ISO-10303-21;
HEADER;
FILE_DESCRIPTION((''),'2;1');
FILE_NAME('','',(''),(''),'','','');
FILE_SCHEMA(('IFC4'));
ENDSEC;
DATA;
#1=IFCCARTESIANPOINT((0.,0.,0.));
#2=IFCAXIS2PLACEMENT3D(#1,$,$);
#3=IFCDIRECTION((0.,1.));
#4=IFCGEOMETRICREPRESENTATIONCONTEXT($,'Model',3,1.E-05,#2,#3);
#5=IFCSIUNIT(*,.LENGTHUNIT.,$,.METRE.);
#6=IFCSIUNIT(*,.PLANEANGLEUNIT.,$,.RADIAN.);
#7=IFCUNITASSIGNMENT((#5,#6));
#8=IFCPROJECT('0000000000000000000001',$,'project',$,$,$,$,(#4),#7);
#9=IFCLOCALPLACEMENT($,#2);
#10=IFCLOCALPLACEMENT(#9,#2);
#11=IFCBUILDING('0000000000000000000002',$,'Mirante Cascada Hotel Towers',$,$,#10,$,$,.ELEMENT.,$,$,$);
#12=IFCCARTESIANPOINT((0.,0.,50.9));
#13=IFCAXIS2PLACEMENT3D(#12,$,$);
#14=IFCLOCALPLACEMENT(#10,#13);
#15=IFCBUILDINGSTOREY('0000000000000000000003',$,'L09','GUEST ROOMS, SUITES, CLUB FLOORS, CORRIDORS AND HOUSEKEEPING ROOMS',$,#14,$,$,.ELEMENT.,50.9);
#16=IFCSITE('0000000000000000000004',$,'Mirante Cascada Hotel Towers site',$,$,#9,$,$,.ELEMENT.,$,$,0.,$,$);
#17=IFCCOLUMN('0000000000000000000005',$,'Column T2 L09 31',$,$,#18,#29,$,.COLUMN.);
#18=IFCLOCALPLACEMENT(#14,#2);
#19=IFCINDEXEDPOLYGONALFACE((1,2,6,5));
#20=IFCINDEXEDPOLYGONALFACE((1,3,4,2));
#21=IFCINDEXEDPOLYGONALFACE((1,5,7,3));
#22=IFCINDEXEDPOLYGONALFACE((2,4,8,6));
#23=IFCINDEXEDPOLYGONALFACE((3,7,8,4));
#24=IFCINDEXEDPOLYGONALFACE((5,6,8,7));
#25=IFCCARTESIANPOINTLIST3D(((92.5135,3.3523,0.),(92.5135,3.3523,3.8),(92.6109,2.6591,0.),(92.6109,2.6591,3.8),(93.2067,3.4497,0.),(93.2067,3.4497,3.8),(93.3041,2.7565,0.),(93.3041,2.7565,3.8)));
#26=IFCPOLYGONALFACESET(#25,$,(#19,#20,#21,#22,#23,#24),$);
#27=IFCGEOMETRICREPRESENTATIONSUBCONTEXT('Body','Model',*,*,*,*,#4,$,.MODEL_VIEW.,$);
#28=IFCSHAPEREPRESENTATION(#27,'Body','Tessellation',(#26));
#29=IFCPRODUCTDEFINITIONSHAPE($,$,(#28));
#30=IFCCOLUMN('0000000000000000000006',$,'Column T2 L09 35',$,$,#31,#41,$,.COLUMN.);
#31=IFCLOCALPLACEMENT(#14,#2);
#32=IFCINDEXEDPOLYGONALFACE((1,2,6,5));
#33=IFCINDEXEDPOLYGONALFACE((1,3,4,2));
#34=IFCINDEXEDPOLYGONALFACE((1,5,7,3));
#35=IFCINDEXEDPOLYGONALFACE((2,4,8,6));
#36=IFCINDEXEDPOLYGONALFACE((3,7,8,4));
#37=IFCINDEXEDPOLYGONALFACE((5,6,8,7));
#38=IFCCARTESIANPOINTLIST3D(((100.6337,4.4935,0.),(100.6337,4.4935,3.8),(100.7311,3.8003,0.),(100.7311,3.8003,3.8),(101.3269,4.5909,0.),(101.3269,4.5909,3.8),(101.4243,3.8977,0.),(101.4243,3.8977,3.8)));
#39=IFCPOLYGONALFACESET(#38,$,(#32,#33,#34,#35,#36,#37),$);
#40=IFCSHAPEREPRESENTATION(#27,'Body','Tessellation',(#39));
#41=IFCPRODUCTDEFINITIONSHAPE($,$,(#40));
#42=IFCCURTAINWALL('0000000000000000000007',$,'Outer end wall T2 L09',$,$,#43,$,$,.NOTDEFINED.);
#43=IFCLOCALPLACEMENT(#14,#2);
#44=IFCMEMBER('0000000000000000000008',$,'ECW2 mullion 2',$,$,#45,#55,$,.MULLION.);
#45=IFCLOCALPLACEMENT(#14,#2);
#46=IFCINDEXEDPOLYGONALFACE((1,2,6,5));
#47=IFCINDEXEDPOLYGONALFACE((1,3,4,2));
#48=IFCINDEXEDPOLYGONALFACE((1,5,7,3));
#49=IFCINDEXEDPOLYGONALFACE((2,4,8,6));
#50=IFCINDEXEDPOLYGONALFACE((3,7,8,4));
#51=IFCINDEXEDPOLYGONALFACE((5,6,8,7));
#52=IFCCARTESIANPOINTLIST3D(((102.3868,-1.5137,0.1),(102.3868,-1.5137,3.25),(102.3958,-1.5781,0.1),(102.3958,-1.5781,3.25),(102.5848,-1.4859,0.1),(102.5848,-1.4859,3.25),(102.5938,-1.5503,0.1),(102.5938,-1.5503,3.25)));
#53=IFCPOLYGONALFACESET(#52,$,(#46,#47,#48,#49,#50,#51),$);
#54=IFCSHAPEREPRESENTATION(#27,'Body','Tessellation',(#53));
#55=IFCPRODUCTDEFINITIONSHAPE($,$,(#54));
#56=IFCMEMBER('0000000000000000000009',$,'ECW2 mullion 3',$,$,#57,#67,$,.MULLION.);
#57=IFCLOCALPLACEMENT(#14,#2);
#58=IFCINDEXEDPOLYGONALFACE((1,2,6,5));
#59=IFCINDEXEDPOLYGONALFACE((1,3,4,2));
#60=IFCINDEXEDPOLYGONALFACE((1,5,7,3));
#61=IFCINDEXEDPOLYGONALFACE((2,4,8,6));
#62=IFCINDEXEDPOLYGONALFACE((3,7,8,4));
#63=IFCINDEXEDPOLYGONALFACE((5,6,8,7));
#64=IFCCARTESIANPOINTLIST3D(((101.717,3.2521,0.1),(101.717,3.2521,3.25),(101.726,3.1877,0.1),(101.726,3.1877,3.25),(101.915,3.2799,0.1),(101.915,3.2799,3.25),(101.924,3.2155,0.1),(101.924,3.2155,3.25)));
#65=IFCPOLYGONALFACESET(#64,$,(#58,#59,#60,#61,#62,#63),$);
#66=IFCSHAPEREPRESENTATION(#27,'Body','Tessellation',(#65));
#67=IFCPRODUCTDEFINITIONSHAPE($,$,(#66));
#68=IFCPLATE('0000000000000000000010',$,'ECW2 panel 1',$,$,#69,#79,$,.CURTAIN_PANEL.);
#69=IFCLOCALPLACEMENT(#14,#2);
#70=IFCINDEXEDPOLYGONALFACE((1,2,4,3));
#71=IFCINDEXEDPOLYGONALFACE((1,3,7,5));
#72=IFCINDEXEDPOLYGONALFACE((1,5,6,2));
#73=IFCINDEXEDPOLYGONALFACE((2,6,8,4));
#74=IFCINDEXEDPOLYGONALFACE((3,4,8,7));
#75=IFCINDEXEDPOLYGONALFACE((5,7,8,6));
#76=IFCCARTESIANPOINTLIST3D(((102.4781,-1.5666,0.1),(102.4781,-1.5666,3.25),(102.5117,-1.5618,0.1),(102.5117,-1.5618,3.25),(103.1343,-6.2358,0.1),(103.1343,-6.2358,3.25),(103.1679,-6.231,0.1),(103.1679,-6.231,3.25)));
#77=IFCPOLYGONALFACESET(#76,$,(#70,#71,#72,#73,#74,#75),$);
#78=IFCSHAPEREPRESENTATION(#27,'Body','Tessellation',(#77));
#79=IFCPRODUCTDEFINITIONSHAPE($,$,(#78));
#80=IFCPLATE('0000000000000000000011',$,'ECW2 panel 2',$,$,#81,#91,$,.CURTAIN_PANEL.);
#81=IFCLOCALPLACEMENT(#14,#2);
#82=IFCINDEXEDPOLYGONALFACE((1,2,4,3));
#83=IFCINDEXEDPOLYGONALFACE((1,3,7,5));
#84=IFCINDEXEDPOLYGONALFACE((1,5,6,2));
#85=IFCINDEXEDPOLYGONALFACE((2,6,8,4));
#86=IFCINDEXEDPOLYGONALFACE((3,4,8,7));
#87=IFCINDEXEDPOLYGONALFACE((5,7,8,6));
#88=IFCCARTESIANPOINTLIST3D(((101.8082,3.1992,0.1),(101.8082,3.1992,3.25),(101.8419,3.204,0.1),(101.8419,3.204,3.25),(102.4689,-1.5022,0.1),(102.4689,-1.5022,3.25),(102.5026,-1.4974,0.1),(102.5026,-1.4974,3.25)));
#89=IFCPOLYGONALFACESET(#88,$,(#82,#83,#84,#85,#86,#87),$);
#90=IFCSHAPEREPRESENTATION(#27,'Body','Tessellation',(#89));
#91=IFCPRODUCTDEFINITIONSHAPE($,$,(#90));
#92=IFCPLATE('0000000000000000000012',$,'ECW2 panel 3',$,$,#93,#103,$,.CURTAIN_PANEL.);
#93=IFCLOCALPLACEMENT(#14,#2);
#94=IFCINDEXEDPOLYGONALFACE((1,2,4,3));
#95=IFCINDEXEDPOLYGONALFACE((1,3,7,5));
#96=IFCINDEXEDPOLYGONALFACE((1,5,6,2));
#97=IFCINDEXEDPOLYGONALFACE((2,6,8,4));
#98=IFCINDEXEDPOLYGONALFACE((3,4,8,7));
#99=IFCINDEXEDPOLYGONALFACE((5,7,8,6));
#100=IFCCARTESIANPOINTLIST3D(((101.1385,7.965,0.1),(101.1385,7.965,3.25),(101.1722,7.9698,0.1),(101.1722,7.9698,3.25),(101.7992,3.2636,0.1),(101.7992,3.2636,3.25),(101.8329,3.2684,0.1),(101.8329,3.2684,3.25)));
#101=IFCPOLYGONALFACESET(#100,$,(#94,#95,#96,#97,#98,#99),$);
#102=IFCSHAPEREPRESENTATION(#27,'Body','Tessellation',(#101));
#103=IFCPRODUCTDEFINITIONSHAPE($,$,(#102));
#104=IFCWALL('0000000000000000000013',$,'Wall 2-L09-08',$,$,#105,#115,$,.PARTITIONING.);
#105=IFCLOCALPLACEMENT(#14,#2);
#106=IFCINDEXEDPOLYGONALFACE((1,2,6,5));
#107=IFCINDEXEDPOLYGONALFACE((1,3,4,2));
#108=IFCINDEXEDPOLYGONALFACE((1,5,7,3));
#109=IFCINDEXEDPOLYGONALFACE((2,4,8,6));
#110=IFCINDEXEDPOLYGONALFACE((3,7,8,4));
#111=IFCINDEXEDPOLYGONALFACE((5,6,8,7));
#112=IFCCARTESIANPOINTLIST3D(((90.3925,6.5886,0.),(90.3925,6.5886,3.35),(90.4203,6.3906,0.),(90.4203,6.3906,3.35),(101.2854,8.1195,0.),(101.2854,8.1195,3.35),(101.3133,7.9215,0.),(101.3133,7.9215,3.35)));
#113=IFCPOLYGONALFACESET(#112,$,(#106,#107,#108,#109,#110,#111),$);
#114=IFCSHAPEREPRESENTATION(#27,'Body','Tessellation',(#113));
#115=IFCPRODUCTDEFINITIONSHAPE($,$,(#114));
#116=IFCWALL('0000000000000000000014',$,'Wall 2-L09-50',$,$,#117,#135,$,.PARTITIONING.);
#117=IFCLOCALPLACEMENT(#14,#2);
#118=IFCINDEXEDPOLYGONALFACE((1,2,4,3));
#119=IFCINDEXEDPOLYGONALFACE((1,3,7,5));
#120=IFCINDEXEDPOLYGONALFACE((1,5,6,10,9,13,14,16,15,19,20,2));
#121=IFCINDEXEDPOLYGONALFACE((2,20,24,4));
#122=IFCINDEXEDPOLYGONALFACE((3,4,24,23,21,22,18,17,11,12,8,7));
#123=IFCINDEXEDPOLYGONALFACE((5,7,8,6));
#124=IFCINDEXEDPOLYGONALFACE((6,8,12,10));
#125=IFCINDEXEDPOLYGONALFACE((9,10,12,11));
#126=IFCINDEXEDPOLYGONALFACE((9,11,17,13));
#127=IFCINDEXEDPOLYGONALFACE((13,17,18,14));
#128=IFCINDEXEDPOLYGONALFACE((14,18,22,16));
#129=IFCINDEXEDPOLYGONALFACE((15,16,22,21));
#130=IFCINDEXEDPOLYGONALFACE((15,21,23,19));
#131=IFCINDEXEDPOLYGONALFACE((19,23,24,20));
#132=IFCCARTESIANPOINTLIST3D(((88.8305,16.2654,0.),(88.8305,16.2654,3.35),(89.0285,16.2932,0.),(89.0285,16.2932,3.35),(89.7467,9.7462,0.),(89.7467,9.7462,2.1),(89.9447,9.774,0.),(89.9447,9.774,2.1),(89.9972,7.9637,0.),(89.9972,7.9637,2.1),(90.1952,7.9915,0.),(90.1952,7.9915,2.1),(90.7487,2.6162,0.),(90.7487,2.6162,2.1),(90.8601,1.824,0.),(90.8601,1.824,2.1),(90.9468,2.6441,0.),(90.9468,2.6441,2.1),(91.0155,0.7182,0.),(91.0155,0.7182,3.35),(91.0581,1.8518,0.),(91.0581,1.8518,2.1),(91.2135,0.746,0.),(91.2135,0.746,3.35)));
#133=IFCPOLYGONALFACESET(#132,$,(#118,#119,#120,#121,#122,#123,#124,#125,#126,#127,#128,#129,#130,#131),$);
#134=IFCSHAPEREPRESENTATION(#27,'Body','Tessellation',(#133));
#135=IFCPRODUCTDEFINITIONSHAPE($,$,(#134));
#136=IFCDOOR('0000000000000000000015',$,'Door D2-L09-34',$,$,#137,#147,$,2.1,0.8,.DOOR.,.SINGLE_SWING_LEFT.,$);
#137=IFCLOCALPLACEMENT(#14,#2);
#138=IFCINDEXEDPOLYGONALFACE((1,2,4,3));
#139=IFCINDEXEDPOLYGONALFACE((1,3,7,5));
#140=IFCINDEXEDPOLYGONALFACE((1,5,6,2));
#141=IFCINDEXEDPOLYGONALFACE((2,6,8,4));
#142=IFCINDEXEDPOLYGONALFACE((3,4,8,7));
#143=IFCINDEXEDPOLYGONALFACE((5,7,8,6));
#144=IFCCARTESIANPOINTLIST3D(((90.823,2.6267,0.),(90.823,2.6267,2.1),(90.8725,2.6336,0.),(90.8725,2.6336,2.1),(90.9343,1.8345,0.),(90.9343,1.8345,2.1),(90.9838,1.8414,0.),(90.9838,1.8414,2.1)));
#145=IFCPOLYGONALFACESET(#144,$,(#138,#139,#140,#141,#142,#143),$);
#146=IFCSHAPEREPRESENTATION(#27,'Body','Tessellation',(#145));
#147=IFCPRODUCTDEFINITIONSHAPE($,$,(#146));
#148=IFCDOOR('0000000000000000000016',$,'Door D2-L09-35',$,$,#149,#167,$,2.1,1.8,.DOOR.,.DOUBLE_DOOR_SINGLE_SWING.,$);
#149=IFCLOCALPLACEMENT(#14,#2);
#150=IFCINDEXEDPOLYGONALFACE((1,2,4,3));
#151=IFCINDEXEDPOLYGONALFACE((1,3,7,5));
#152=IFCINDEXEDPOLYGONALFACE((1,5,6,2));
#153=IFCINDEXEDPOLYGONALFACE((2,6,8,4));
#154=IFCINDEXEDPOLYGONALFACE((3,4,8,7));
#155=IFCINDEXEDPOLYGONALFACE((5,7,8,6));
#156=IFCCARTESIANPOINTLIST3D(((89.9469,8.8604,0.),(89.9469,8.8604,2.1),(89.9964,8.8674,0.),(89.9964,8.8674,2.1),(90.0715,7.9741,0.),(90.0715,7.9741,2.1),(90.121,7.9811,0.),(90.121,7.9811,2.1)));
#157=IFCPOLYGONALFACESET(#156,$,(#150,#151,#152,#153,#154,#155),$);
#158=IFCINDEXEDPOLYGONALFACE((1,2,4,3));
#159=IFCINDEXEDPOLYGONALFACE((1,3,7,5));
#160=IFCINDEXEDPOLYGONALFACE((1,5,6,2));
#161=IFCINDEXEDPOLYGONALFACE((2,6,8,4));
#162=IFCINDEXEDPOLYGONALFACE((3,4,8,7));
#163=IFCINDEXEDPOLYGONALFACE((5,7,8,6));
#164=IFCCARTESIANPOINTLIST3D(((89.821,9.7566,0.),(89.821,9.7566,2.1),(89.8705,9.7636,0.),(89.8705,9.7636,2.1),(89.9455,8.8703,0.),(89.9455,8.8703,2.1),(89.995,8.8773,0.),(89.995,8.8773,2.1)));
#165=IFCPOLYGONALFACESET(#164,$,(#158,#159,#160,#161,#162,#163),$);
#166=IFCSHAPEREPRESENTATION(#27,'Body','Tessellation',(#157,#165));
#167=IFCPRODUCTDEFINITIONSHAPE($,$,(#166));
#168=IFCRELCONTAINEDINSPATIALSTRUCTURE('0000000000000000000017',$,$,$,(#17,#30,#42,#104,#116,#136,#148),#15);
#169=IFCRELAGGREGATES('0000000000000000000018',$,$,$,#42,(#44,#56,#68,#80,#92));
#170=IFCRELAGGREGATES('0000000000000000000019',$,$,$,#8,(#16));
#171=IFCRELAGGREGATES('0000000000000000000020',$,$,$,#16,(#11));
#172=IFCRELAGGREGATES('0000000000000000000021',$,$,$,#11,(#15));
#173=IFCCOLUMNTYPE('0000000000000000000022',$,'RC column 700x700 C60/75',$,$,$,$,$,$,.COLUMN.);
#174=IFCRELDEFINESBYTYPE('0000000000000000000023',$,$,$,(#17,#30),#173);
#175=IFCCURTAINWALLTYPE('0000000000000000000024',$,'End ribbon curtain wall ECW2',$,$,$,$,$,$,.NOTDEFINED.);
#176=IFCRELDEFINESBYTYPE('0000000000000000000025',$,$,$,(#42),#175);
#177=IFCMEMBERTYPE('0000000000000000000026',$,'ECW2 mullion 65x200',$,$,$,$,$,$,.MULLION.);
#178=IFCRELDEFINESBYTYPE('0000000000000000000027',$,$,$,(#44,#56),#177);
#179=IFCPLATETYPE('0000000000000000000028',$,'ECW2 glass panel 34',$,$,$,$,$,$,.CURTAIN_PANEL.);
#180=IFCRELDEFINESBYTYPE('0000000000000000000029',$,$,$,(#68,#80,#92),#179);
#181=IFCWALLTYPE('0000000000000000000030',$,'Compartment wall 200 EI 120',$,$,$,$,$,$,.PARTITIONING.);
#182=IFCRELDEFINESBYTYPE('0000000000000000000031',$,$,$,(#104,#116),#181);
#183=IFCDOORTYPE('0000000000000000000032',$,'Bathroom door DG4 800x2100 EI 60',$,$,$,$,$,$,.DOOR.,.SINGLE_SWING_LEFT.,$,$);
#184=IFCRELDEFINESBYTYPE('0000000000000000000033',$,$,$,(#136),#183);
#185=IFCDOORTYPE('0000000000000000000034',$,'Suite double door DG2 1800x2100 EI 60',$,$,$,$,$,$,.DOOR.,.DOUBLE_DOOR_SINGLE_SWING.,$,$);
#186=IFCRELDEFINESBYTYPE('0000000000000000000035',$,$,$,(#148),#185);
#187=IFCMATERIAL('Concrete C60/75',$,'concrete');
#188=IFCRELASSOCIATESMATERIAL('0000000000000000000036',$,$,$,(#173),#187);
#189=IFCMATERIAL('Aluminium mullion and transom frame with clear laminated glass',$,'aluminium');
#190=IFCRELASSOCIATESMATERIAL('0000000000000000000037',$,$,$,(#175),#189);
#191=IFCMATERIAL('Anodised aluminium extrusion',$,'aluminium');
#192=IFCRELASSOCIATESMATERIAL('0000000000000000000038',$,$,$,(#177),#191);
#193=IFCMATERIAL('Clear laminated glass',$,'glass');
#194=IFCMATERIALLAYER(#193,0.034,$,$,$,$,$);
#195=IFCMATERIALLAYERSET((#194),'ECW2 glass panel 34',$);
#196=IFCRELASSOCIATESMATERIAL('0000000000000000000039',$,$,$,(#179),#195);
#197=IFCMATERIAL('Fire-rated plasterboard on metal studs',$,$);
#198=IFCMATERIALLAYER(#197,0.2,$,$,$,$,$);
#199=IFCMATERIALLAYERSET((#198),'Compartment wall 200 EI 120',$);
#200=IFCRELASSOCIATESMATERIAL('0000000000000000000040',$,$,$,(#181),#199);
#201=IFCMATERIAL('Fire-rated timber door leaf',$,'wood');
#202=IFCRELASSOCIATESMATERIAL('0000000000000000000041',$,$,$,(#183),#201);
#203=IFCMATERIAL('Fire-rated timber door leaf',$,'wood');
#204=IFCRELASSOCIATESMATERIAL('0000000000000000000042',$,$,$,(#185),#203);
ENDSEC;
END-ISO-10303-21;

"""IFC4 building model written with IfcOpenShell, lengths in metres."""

from ifc_helpers import new_model, si_unit, direction, frame, frame_2d, origin, origin_2d, place, context, subcontext, project, spatial, rectangle, extrude, material, layer, layer_set, material_profile, profile_set, type_object, element, fill, aggregate, save


model = new_model("IFC4")

# Units and contexts
model_context = context("Model", 3, precision=1e-05, world=origin(), true_north=direction((0.0, 1.0)))
body_context = subcontext(model_context, "Body", "Model", "MODEL_VIEW")
ifc_project = project(units=[si_unit("LENGTHUNIT", "METRE"), si_unit("PLANEANGLEUNIT", "RADIAN")], contexts=[model_context])

# Site, building, storey
site_placement = place(None, origin())
site = spatial("IfcSite", under=ifc_project, at=site_placement, Name="Mirante Cascada Hotel Towers site", CompositionType="ELEMENT", RefElevation=0.0)
building_placement = place(site_placement, origin())
building = spatial("IfcBuilding", under=site, at=building_placement, Name="Mirante Cascada Hotel Towers", CompositionType="ELEMENT")
storey_placement = place(building_placement, frame((0.0, 0.0, 50.9)))
storey = spatial("IfcBuildingStorey", under=building, at=storey_placement, Name="L09", Description="GUEST ROOMS, SUITES, CLUB FLOORS, CORRIDORS AND HOUSEKEEPING ROOMS", CompositionType="ELEMENT", Elevation=50.9)

# Columns
ifc_material_1 = material(Name="Concrete C60/75", Category="concrete")
ifc_material_profile_1 = material_profile(ifc_material_1, rectangle(XDim=0.7, YDim=0.7, at=origin_2d()), Name="RC column 700x700 C60/75")
ifc_profile_set_1 = profile_set([ifc_material_profile_1], Name="Concrete C60/75")
column_type = type_object("IfcColumnType", Name="RC column 700x700 C60/75", PredefinedType="COLUMN", material=ifc_profile_set_1)
for number, where, z_axis, x_axis, name in (
    (1, (92.9088, 3.0544, 0.0), (0.0, 0.0, 1.0), (0.990268, 0.139173, 0.0), "Column T2 L09 31"),
    (2, (101.029, 4.1956, 0.0), (0.0, 0.0, 1.0), (0.990268, 0.139173, 0.0), "Column T2 L09 35"),
):
    element("IfcColumn", number, at=place(storey_placement, frame(where, z_axis=z_axis, x_axis=x_axis)), inside=storey, type_object=column_type, Name=name, PredefinedType="COLUMN", context=body_context, shape_type="SweptSolid", body=[
        extrude(rectangle(XDim=0.7, YDim=0.7, at=origin_2d()), origin(), (0.0, 0.0, 1.0), 3.8),
    ])

# Curtain wall, members, plates
ifc_material_2 = material(Name="Aluminium mullion and transom frame with clear laminated glass", Category="aluminium")
curtain_wall_type = type_object("IfcCurtainWallType", Name="End ribbon curtain wall ECW2", PredefinedType="NOTDEFINED", material=ifc_material_2)
curtain_wall_placement = place(storey_placement, origin())
curtain_wall = element("IfcCurtainWall", 3, at=curtain_wall_placement, inside=storey, type_object=curtain_wall_type, Name="Outer end wall T2 L09", PredefinedType="NOTDEFINED")
ifc_material_3 = material(Name="Anodised aluminium extrusion", Category="aluminium")
ifc_material_profile_2 = material_profile(ifc_material_3, rectangle(XDim=0.2, YDim=0.065, at=origin_2d()), Name="ECW2 MULLION 65x200")
ifc_profile_set_2 = profile_set([ifc_material_profile_2], Name="Anodised aluminium extrusion")
member_type = type_object("IfcMemberType", Name="ECW2 mullion 65x200", PredefinedType="MULLION", material=ifc_profile_set_2)
member_1_placement = place(storey_placement, frame((102.4903, -1.532, 0.1), z_axis=(0.0, 0.0, 1.0), x_axis=(-0.990268, -0.139173, 0.0)))
member_1 = element("IfcMember", 4, at=member_1_placement, type_object=member_type, Name="ECW2 mullion 2", PredefinedType="MULLION", context=body_context, shape_type="SweptSolid", body=[
    extrude(rectangle(XDim=0.2, YDim=0.065, at=origin_2d()), origin(), (0.0, 0.0, 1.0), 3.15),
])
member_2_placement = place(storey_placement, frame((101.8205, 3.2338, 0.1), z_axis=(0.0, 0.0, 1.0), x_axis=(-0.990268, -0.139173, 0.0)))
member_2 = element("IfcMember", 5, at=member_2_placement, type_object=member_type, Name="ECW2 mullion 3", PredefinedType="MULLION", context=body_context, shape_type="SweptSolid", body=[
    extrude(rectangle(XDim=0.2, YDim=0.065, at=origin_2d()), origin(), (0.0, 0.0, 1.0), 3.15),
])
ifc_material_4 = material(Name="Clear laminated glass", Category="glass")
ifc_layer_1 = layer(ifc_material_4, 0.034)
ifc_layer_set_1 = layer_set([ifc_layer_1], Name="ECW2 glass panel 34")
plate_type = type_object("IfcPlateType", Name="ECW2 glass panel 34", PredefinedType="CURTAIN_PANEL", material=ifc_layer_set_1)
plate_1_placement = place(storey_placement, frame((102.823, -3.8988, 0.1), z_axis=(0.0, 0.0, 1.0), x_axis=(-0.139173, 0.990268, 0.0)))
plate_1 = element("IfcPlate", 6, at=plate_1_placement, type_object=plate_type, Name="ECW2 panel 1", PredefinedType="CURTAIN_PANEL", context=body_context, shape_type="SweptSolid", body=[
    extrude(rectangle(XDim=4.7151, YDim=0.034, at=origin_2d()), origin(), (0.0, 0.0, 1.0), 3.15),
])
plate_2_placement = place(storey_placement, frame((102.1554, 0.8509, 0.1), z_axis=(0.0, 0.0, 1.0), x_axis=(-0.139173, 0.990268, 0.0)))
plate_2 = element("IfcPlate", 7, at=plate_2_placement, type_object=plate_type, Name="ECW2 panel 2", PredefinedType="CURTAIN_PANEL", context=body_context, shape_type="SweptSolid", body=[
    extrude(rectangle(XDim=4.7476, YDim=0.034, at=origin_2d()), origin(), (0.0, 0.0, 1.0), 3.15),
])
plate_3_placement = place(storey_placement, frame((101.4857, 5.6167, 0.1), z_axis=(0.0, 0.0, 1.0), x_axis=(-0.139173, 0.990268, 0.0)))
plate_3 = element("IfcPlate", 8, at=plate_3_placement, type_object=plate_type, Name="ECW2 panel 3", PredefinedType="CURTAIN_PANEL", context=body_context, shape_type="SweptSolid", body=[
    extrude(rectangle(XDim=4.7476, YDim=0.034, at=origin_2d()), origin(), (0.0, 0.0, 1.0), 3.15),
])
aggregate(curtain_wall, [member_1, member_2, plate_1, plate_2, plate_3])

# Wall
ifc_material_5 = material(Name="Fire-rated plasterboard on metal studs")
ifc_layer_2 = layer(ifc_material_5, 0.2)
ifc_layer_set_2 = layer_set([ifc_layer_2], Name="Compartment wall 200 EI 120")
wall_type_1 = type_object("IfcWallType", Name="Compartment wall 200 EI 120", PredefinedType="PARTITIONING", material=ifc_layer_set_2)
wall_1_placement = place(storey_placement, frame((90.4064, 6.4896, 0.0), z_axis=(0.0, 0.0, 1.0), x_axis=(0.990268, 0.139173, 0.0)))
element("IfcWall", 9, at=wall_1_placement, inside=storey, type_object=wall_type_1, Name="Wall 2-L09-08", PredefinedType="PARTITIONING", context=body_context, shape_type="SweptSolid", body=[
    extrude(rectangle(XDim=11.0, YDim=0.2, at=frame_2d((5.5, 0.0))), origin(), (0.0, 0.0, 1.0), 3.35),
])

# Wall, openings, doors
wall_2_placement = place(storey_placement, frame((91.1145, 0.7321, 0.0), z_axis=(0.0, 0.0, 1.0), x_axis=(-0.139172, 0.990268, 0.0)))
wall_2 = element("IfcWall", 10, at=wall_2_placement, inside=storey, type_object=wall_type_1, Name="Wall 2-L09-50", PredefinedType="PARTITIONING", context=body_context, shape_type="SweptSolid", body=[
    extrude(rectangle(XDim=15.7, YDim=0.2, at=frame_2d((7.85, 0.0))), origin(), (0.0, 0.0, 1.0), 3.35),
])
opening_1_placement = place(wall_2_placement, frame((1.1167, 0.0, 0.0)))
opening_1 = element("IfcOpeningElement", 11, at=opening_1_placement, cuts=wall_2, PredefinedType="OPENING", context=body_context, shape_type="SweptSolid", body=[
    extrude(rectangle(XDim=0.8, YDim=2.1, at=frame_2d((0.4, 1.05))), frame((0.0, 0.1, 0.0), z_axis=(0.0, -1.0, 0.0), x_axis=(1.0, 0.0, 0.0)), (0.0, 0.0, 1.0), 0.2),
])
opening_2_placement = place(wall_2_placement, frame((7.3167, 0.0, 0.0)))
opening_2 = element("IfcOpeningElement", 12, at=opening_2_placement, cuts=wall_2, PredefinedType="OPENING", context=body_context, shape_type="SweptSolid", body=[
    extrude(rectangle(XDim=1.8, YDim=2.1, at=frame_2d((0.9, 1.05))), frame((0.0, 0.1, 0.0), z_axis=(0.0, -1.0, 0.0), x_axis=(1.0, 0.0, 0.0)), (0.0, 0.0, 1.0), 0.2),
])
ifc_material_6 = material(Name="Fire-rated timber door leaf", Category="wood")
door_type_1 = type_object("IfcDoorType", Name="Bathroom door DG4 800x2100 EI 60", OperationType="SINGLE_SWING_LEFT", PredefinedType="DOOR", material=ifc_material_6)
door_1_placement = place(opening_1_placement, origin())
door_1 = element("IfcDoor", 13, at=door_1_placement, inside=storey, type_object=door_type_1, Name="Door D2-L09-34", OperationType="SINGLE_SWING_LEFT", OverallHeight=2.1, OverallWidth=0.8, PredefinedType="DOOR", context=body_context, shape_type="SweptSolid", body=[
    extrude(rectangle(XDim=0.8, YDim=2.1, at=frame_2d((0.4, 1.05))), frame((0.0, 0.025, 0.0), z_axis=(0.0, -1.0, 0.0), x_axis=(1.0, 0.0, 0.0)), (0.0, 0.0, 1.0), 0.05),
])
fill(opening_1, door_1)
ifc_material_7 = material(Name="Fire-rated timber door leaf", Category="wood")
door_type_2 = type_object("IfcDoorType", Name="Suite double door DG2 1800x2100 EI 60", OperationType="DOUBLE_DOOR_SINGLE_SWING", PredefinedType="DOOR", material=ifc_material_7)
door_2_placement = place(opening_2_placement, origin())
door_2 = element("IfcDoor", 14, at=door_2_placement, inside=storey, type_object=door_type_2, Name="Door D2-L09-35", OperationType="DOUBLE_DOOR_SINGLE_SWING", OverallHeight=2.1, OverallWidth=1.8, PredefinedType="DOOR", context=body_context, shape_type="SweptSolid", body=[
    extrude(rectangle(XDim=0.895, YDim=2.1, at=frame_2d((0.4475, 1.05))), frame((0.0, 0.025, 0.0), z_axis=(0.0, -1.0, 0.0), x_axis=(1.0, 0.0, 0.0)), (0.0, 0.0, 1.0), 0.05),
    extrude(rectangle(XDim=0.895, YDim=2.1, at=frame_2d((1.3525, 1.05))), frame((0.0, 0.025, 0.0), z_axis=(0.0, -1.0, 0.0), x_axis=(1.0, 0.0, 0.0)), (0.0, 0.0, 1.0), 0.05),
])
fill(opening_2, door_2)

save(model, "model.ifc")
